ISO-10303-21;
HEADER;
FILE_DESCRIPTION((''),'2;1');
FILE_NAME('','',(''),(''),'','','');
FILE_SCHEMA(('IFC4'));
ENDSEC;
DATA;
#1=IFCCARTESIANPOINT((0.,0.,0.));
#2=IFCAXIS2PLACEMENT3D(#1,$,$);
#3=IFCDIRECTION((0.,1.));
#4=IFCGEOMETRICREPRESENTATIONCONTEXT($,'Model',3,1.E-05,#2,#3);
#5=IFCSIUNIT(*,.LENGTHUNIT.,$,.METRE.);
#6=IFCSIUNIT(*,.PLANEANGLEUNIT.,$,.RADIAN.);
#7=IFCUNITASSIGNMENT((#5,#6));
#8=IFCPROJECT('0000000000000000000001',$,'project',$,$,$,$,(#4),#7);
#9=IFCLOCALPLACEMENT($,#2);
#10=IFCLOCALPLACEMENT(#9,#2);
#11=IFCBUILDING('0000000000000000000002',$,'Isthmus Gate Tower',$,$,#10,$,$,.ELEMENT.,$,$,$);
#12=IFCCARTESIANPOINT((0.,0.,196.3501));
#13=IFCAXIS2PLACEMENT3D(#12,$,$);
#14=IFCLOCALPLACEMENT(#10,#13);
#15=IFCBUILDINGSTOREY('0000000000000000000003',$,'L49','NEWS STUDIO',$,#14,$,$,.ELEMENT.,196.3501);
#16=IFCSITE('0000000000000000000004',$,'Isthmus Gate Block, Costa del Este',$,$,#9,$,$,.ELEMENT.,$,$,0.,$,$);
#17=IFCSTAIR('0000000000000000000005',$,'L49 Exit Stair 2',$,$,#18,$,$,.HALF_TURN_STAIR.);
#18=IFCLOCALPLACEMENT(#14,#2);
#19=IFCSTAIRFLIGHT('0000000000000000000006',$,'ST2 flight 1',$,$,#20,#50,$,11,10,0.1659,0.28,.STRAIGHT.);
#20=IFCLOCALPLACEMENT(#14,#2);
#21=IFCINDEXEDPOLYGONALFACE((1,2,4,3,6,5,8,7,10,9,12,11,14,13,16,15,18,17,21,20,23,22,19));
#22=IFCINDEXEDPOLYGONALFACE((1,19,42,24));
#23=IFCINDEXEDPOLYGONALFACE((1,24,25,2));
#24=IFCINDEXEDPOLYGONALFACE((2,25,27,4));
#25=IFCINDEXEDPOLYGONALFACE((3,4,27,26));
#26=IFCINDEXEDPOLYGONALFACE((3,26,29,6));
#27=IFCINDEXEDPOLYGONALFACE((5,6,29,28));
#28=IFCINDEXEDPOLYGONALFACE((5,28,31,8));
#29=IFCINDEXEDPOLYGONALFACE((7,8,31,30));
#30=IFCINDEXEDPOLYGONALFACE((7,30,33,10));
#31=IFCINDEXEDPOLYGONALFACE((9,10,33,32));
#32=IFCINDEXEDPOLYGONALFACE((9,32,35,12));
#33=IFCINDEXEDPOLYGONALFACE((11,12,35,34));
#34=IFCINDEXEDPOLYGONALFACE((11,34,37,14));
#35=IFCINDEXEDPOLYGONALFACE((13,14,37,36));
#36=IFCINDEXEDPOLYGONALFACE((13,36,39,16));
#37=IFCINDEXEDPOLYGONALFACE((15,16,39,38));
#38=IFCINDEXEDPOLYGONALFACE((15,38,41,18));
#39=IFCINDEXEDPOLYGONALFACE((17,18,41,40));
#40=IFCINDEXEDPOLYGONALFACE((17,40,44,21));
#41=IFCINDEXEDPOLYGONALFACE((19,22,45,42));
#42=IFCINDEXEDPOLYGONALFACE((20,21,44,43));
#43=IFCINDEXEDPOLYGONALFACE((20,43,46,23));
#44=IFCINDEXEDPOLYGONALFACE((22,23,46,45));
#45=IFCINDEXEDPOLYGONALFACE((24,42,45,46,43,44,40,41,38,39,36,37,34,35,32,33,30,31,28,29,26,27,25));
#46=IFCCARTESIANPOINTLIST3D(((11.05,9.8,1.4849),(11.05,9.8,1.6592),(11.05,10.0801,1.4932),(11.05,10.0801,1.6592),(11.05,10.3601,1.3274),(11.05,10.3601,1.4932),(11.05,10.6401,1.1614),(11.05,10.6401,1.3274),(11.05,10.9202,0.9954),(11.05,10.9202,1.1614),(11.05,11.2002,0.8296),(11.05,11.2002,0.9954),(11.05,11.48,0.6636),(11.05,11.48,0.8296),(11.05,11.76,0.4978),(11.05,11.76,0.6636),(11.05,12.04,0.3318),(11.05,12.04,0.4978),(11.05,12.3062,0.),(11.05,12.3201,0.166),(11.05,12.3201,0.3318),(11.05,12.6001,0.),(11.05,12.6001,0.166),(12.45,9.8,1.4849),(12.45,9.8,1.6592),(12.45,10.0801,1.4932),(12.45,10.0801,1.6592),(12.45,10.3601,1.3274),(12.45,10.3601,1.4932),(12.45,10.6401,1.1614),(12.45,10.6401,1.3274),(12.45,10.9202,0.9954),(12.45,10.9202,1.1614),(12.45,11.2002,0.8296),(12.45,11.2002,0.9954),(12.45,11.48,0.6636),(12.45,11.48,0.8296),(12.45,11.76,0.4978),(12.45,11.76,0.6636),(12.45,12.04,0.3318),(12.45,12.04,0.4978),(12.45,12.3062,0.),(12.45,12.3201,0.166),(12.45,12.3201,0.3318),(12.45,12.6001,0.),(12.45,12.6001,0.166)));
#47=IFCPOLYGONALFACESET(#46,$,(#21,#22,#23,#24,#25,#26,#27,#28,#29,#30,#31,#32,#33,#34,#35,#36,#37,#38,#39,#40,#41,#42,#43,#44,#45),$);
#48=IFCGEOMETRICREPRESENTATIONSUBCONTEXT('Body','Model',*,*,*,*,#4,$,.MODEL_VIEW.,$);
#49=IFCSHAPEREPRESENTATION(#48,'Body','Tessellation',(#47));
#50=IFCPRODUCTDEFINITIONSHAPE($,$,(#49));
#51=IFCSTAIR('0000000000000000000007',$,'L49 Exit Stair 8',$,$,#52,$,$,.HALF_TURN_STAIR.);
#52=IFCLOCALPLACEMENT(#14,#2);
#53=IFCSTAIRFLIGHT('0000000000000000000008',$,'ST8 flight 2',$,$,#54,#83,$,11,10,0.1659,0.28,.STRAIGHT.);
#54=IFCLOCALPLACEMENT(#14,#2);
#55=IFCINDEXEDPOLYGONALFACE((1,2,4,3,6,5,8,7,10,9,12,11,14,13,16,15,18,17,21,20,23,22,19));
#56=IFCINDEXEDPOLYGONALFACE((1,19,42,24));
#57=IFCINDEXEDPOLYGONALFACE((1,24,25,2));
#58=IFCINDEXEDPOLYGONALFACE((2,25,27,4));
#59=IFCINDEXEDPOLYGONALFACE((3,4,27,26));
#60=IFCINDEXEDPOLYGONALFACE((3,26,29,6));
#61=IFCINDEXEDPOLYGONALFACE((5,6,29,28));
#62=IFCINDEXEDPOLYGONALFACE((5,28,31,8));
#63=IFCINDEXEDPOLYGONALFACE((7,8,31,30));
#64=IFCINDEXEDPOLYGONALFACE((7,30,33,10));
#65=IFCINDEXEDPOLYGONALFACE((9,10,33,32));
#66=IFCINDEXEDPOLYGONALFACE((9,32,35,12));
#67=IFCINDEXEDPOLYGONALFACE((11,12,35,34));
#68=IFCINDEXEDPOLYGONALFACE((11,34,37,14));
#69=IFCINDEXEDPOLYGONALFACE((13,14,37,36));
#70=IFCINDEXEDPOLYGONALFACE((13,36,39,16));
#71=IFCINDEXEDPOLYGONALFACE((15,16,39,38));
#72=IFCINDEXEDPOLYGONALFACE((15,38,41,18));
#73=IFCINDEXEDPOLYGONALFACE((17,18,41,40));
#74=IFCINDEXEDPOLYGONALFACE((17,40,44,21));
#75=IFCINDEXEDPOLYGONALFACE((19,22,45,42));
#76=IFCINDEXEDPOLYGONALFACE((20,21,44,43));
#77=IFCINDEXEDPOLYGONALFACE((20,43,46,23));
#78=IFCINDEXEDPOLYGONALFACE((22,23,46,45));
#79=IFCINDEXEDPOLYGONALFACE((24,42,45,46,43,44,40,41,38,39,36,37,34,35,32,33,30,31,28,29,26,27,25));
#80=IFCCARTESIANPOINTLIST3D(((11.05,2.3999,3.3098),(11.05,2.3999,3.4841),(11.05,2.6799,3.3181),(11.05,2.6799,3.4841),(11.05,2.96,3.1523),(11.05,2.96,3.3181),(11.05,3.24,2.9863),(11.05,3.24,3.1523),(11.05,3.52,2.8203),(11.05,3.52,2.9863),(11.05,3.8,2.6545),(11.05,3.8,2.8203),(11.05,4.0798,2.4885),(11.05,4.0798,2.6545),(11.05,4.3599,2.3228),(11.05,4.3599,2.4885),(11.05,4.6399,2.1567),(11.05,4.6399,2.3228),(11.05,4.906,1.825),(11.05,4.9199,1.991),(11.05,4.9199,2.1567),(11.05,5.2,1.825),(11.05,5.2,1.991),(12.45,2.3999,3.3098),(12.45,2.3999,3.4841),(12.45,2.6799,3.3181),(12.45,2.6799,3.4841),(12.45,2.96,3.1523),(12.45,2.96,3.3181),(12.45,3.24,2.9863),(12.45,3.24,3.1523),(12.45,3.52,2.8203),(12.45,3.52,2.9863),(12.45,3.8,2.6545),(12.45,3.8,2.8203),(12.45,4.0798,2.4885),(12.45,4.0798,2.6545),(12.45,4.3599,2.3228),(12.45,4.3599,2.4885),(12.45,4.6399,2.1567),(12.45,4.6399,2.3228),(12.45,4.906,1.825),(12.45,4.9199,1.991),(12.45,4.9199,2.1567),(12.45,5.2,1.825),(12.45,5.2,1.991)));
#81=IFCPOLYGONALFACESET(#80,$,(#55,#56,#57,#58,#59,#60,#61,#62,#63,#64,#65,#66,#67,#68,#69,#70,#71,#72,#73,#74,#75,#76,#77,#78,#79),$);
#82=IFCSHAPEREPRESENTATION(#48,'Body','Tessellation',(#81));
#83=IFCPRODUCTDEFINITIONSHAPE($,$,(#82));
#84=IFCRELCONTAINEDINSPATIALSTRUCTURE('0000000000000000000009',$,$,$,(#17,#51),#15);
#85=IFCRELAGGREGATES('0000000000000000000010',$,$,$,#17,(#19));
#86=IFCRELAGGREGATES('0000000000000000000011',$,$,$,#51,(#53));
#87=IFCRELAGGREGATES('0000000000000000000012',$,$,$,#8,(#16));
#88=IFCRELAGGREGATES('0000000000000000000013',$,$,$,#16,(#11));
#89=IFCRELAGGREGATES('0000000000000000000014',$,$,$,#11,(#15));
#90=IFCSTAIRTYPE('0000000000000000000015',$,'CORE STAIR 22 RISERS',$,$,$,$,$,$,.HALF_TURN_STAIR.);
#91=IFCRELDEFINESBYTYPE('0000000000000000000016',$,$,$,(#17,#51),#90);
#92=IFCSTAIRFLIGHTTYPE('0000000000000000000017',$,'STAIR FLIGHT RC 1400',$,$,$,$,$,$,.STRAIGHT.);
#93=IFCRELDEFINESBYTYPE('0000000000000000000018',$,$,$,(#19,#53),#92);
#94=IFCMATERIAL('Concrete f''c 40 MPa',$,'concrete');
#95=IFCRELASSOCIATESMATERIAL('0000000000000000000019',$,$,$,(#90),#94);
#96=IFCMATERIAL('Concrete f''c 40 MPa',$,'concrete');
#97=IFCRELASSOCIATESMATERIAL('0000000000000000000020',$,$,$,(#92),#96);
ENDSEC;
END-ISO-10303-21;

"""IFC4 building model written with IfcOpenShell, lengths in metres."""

from ifc_helpers import new_model, si_unit, direction, frame, origin, place, context, subcontext, project, spatial, polyline, outline, extrude, material, type_object, element, aggregate, save


model = new_model("IFC4")

# Units and contexts
model_context = context("Model", 3, precision=1e-05, world=origin(), true_north=direction((0.0, 1.0)))
body_context = subcontext(model_context, "Body", "Model", "MODEL_VIEW")
ifc_project = project(units=[si_unit("LENGTHUNIT", "METRE"), si_unit("PLANEANGLEUNIT", "RADIAN")], contexts=[model_context])

# Site, building, storey
site_placement = place(None, origin())
site = spatial("IfcSite", under=ifc_project, at=site_placement, Name="Isthmus Gate Block, Costa del Este", CompositionType="ELEMENT", RefElevation=0.0)
building_placement = place(site_placement, origin())
building = spatial("IfcBuilding", under=site, at=building_placement, Name="Isthmus Gate Tower", CompositionType="ELEMENT")
storey_placement = place(building_placement, frame((0.0, 0.0, 196.3501)))
storey = spatial("IfcBuildingStorey", under=building, at=storey_placement, Name="L49", Description="NEWS STUDIO", CompositionType="ELEMENT", Elevation=196.3501)

# Stairs, stair flights
ifc_material_1 = material(Name="Concrete f'c 40 MPa", Category="concrete")
stair_type = type_object("IfcStairType", Name="CORE STAIR 22 RISERS", PredefinedType="HALF_TURN_STAIR", material=ifc_material_1)
stair_1_placement = place(storey_placement, origin())
stair_1 = element("IfcStair", 1, at=stair_1_placement, inside=storey, type_object=stair_type, Name="L49 Exit Stair 2", PredefinedType="HALF_TURN_STAIR")
ifc_material_2 = material(Name="Concrete f'c 40 MPa", Category="concrete")
stair_flight_type = type_object("IfcStairFlightType", Name="STAIR FLIGHT RC 1400", PredefinedType="STRAIGHT", material=ifc_material_2)
stair_flight_1_placement = place(storey_placement, frame((11.75, 12.6001, 0.0), z_axis=(0.0, 0.0, 1.0), x_axis=(0.0, -1.0, 0.0)))
stair_flight_1 = element("IfcStairFlight", 2, at=stair_flight_1_placement, type_object=stair_flight_type, Name="ST2 flight 1", NumberOfRisers=11, NumberOfTreads=10, PredefinedType="STRAIGHT", RiserHeight=0.1659, TreadLength=0.28, context=body_context, shape_type="SweptSolid", body=[
    extrude(outline(polyline([(0.0, 0.0), (0.0, 0.166), (0.28, 0.166), (0.28, 0.3318), (0.5601, 0.3318), (0.5601, 0.4978), (0.8401, 0.4978), (0.8401, 0.6636), (1.1201, 0.6636), (1.1201, 0.8296), (1.3999, 0.8296), (1.3999, 0.9954), (1.6799, 0.9954), (1.6799, 1.1614), (1.96, 1.1614), (1.96, 1.3274), (2.24, 1.3274), (2.24, 1.4932), (2.52, 1.4932), (2.52, 1.6592), (2.8, 1.6592), (2.8, 1.825), (2.8, 1.4849), (0.2939, 0.0), (0.0, 0.0)])), frame((0.0, 0.7, 0.0), z_axis=(0.0, -1.0, 0.0), x_axis=(1.0, 0.0, 0.0)), (0.0, 0.0, 1.0), 1.3999),
])
aggregate(stair_1, [stair_flight_1])
stair_2_placement = place(storey_placement, origin())
stair_2 = element("IfcStair", 3, at=stair_2_placement, inside=storey, type_object=stair_type, Name="L49 Exit Stair 8", PredefinedType="HALF_TURN_STAIR")
stair_flight_2_placement = place(storey_placement, frame((11.75, 5.2, 1.825), z_axis=(0.0, 0.0, 1.0), x_axis=(0.0, -1.0, 0.0)))
stair_flight_2 = element("IfcStairFlight", 4, at=stair_flight_2_placement, type_object=stair_flight_type, Name="ST8 flight 2", NumberOfRisers=11, NumberOfTreads=10, PredefinedType="STRAIGHT", RiserHeight=0.1659, TreadLength=0.28, context=body_context, shape_type="SweptSolid", body=[
    extrude(outline(polyline([(0.0, 0.0), (0.0, 0.166), (0.28, 0.166), (0.28, 0.3318), (0.5601, 0.3318), (0.5601, 0.4978), (0.8401, 0.4978), (0.8401, 0.6636), (1.1201, 0.6636), (1.1201, 0.8296), (1.3999, 0.8296), (1.3999, 0.9954), (1.6799, 0.9954), (1.6799, 1.1614), (1.96, 1.1614), (1.96, 1.3274), (2.24, 1.3274), (2.24, 1.4932), (2.52, 1.4932), (2.52, 1.6592), (2.8, 1.6592), (2.8, 1.825), (2.8, 1.4849), (0.2939, 0.0), (0.0, 0.0)])), frame((0.0, 0.7, 0.0), z_axis=(0.0, -1.0, 0.0), x_axis=(1.0, 0.0, 0.0)), (0.0, 0.0, 1.0), 1.3999),
])
aggregate(stair_2, [stair_flight_2])

save(model, "model.ifc")
